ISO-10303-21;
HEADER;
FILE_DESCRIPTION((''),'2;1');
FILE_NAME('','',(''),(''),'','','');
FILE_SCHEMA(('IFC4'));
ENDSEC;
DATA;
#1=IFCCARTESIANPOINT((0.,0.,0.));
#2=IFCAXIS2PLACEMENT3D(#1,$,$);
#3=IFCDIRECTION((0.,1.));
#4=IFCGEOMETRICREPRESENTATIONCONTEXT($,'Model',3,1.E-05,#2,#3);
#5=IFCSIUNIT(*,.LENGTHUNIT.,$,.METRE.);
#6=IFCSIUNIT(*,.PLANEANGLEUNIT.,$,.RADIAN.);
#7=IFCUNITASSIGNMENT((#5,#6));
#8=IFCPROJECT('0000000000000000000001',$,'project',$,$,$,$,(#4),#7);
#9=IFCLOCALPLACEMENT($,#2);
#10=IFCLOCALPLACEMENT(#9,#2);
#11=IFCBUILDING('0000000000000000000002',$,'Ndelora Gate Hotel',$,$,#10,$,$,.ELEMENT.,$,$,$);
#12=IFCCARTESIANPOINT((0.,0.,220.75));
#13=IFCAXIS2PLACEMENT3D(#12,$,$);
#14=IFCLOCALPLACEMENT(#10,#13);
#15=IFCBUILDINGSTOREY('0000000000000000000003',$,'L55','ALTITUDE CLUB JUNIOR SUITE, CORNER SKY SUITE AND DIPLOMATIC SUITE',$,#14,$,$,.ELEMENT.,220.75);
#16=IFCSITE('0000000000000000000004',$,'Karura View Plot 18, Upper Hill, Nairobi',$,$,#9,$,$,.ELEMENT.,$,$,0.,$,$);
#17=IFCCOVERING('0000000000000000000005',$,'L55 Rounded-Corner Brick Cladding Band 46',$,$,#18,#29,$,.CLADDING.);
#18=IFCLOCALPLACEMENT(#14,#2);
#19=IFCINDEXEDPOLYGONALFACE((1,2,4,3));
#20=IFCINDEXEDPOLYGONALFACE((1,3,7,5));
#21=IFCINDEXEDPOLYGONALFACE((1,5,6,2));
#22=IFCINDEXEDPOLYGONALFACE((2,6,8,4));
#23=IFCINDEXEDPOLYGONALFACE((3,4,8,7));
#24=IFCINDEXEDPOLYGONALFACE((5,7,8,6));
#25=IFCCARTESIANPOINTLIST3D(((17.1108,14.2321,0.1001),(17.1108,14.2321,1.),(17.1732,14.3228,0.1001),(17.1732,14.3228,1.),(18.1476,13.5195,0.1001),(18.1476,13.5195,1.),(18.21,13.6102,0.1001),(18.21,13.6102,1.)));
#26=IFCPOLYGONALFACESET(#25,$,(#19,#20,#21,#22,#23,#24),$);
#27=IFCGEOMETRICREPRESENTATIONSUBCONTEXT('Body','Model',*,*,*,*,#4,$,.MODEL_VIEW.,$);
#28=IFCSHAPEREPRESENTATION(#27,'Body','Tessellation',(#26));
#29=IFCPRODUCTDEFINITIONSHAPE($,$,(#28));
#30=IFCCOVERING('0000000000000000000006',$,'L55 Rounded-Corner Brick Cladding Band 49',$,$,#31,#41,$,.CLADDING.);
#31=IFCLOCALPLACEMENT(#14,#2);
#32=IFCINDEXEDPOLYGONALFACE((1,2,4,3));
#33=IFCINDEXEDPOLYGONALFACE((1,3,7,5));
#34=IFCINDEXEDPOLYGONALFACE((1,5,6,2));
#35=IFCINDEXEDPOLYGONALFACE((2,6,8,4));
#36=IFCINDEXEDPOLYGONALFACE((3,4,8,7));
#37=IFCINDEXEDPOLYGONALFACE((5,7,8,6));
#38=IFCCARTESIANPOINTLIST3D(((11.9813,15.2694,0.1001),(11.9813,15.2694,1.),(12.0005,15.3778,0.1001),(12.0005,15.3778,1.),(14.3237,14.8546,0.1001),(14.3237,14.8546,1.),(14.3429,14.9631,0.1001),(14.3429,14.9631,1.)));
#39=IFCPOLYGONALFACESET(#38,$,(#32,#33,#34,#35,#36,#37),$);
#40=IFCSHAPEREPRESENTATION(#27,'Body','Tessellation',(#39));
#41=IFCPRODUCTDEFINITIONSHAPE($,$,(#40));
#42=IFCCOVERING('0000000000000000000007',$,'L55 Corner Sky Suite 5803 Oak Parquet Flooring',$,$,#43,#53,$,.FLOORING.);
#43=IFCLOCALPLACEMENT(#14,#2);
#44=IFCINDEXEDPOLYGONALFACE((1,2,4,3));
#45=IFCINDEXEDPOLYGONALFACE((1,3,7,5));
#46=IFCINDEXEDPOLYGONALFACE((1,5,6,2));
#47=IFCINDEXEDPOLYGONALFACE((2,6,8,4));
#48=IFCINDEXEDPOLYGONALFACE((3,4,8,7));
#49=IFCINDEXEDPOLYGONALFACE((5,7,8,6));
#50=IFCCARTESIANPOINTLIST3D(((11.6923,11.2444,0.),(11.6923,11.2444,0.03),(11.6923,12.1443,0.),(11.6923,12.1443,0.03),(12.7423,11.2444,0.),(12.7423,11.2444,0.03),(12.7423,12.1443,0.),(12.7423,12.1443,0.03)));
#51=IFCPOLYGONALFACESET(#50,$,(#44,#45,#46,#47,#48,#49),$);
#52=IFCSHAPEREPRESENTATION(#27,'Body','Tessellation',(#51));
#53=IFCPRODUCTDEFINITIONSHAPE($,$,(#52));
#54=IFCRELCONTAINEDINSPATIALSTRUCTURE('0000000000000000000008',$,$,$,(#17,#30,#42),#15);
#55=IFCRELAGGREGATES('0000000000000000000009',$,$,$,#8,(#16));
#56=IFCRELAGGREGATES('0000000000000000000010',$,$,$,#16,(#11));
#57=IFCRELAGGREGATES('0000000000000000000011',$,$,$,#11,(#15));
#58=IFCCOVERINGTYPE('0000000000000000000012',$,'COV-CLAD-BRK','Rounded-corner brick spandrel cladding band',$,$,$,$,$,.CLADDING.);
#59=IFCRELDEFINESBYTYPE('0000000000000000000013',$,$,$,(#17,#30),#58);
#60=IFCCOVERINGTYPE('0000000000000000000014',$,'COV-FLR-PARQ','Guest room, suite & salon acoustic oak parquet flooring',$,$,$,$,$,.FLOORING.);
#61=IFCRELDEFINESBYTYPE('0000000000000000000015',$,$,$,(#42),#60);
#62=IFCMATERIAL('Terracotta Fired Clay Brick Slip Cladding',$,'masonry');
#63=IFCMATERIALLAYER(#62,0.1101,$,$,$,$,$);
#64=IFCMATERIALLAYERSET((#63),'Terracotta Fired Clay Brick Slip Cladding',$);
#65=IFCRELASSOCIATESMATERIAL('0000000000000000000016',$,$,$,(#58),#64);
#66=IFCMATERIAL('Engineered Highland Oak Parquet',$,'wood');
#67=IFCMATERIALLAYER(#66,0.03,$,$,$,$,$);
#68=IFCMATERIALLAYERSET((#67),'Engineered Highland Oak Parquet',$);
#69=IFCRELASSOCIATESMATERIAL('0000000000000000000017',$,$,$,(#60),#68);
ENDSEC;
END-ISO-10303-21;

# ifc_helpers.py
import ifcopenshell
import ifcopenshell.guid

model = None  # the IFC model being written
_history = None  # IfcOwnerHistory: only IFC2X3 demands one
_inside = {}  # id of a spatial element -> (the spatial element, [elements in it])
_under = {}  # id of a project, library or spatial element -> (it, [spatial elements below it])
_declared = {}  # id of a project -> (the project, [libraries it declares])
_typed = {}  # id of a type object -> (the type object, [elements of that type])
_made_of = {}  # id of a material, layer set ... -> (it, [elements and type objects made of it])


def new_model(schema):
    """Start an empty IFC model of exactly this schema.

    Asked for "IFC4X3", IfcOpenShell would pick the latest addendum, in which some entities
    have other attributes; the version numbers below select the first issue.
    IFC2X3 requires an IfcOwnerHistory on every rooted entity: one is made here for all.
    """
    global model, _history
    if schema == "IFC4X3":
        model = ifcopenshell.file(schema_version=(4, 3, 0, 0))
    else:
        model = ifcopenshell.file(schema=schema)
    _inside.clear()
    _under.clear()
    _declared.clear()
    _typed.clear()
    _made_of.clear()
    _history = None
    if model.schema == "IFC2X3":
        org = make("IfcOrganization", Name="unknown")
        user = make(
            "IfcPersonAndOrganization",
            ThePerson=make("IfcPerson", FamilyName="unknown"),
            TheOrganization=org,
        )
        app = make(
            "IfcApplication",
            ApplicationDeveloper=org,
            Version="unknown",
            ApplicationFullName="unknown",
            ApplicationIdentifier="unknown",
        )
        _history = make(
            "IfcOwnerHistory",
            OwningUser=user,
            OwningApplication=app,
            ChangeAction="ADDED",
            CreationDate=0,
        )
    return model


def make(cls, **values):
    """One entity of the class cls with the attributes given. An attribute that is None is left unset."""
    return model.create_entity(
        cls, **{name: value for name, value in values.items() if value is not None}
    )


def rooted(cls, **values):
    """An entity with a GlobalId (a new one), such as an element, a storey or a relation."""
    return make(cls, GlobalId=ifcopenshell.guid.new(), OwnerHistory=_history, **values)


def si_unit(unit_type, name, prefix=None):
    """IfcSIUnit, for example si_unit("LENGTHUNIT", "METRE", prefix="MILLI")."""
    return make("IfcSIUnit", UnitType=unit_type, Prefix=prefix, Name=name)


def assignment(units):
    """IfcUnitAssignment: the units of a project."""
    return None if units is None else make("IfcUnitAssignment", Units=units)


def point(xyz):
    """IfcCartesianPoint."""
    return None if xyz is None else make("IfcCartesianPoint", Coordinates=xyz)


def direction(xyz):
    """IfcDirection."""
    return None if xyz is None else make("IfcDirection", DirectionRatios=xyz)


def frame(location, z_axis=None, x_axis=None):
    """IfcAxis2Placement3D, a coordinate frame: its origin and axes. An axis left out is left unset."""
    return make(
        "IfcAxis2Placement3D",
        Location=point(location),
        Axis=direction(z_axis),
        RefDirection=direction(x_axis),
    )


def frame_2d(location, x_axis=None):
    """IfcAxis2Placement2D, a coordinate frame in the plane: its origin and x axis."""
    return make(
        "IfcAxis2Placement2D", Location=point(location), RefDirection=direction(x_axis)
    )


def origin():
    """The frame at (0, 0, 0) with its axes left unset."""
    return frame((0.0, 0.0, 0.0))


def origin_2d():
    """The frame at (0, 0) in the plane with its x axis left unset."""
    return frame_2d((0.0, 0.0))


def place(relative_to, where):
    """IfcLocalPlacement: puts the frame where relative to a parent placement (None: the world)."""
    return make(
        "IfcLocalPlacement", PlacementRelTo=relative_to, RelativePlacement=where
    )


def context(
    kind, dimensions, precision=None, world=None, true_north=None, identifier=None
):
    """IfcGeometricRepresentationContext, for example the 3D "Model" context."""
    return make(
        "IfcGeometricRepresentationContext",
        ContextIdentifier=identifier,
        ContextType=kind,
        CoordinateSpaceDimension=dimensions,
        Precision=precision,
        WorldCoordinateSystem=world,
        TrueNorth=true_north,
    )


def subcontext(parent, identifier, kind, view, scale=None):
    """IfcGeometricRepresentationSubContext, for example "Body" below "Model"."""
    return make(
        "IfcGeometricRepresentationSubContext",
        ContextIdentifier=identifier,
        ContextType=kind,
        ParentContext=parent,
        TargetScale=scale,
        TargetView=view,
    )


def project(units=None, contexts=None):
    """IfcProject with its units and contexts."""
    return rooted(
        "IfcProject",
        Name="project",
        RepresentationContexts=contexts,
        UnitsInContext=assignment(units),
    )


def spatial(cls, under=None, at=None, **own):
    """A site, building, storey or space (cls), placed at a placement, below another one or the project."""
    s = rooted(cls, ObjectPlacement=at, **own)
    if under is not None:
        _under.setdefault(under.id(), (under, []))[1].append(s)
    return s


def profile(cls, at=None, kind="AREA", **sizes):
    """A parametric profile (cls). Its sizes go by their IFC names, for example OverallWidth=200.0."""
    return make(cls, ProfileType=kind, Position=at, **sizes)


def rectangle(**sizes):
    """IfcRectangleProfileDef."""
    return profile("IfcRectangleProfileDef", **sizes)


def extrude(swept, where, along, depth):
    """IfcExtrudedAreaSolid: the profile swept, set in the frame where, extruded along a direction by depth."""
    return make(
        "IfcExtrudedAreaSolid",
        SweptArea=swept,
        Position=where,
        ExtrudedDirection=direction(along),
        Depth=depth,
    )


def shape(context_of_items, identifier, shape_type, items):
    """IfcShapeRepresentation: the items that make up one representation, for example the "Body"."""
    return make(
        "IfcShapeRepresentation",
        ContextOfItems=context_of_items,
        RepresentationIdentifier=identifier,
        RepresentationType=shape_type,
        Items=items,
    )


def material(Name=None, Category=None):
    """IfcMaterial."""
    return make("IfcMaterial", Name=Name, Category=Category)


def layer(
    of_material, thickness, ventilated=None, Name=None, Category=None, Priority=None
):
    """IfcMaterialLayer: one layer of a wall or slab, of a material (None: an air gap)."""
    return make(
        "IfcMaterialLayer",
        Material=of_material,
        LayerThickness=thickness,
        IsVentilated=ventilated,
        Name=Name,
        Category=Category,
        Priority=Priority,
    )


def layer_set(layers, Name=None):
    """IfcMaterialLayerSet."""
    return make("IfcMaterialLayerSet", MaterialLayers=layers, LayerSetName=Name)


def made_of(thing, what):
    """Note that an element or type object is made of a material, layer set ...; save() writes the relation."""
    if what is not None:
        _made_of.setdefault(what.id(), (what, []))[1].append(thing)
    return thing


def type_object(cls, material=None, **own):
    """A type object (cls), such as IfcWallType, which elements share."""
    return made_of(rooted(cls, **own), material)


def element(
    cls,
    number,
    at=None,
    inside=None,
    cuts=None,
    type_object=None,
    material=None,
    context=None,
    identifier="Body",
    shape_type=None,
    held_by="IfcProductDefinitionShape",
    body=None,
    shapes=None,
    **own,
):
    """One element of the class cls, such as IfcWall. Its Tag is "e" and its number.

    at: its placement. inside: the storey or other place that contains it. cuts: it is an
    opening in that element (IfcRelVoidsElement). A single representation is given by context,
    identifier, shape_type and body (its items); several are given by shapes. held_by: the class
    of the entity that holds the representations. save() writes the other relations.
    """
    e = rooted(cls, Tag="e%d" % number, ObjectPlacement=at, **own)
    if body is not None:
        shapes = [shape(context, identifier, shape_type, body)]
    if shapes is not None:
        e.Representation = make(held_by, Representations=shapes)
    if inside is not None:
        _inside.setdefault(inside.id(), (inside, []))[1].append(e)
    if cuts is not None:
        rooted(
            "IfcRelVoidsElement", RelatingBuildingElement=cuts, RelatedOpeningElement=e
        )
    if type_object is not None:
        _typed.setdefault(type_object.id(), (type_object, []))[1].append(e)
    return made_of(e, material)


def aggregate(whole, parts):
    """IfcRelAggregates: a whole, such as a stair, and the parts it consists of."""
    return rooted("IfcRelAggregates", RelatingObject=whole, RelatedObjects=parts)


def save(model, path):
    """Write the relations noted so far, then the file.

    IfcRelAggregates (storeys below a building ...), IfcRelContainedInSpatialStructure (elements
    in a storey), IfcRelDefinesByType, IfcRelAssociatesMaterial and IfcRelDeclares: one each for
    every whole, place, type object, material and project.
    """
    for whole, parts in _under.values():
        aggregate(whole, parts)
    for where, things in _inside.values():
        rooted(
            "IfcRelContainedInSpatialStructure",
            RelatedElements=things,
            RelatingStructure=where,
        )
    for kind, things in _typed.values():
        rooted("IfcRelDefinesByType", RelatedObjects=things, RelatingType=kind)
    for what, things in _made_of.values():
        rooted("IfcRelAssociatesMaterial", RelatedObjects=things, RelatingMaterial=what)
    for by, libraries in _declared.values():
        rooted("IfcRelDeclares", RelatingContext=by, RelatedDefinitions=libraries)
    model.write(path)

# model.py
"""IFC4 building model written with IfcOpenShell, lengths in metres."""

from ifc_helpers import new_model, si_unit, direction, frame, origin, origin_2d, place, context, subcontext, project, spatial, rectangle, extrude, material, layer, layer_set, type_object, element, save


model = new_model("IFC4")

# Units and contexts
model_context = context("Model", 3, precision=1e-05, world=origin(), true_north=direction((0.0, 1.0)))
body_context = subcontext(model_context, "Body", "Model", "MODEL_VIEW")
ifc_project = project(units=[si_unit("LENGTHUNIT", "METRE"), si_unit("PLANEANGLEUNIT", "RADIAN")], contexts=[model_context])

# Site, building, storey
site_placement = place(None, origin())
site = spatial("IfcSite", under=ifc_project, at=site_placement, Name="Karura View Plot 18, Upper Hill, Nairobi", CompositionType="ELEMENT", RefElevation=0.0)
building_placement = place(site_placement, origin())
building = spatial("IfcBuilding", under=site, at=building_placement, Name="Ndelora Gate Hotel", CompositionType="ELEMENT")
storey_placement = place(building_placement, frame((0.0, 0.0, 220.75)))
storey = spatial("IfcBuildingStorey", under=building, at=storey_placement, Name="L55", Description="ALTITUDE CLUB JUNIOR SUITE, CORNER SKY SUITE AND DIPLOMATIC SUITE", CompositionType="ELEMENT", Elevation=220.75)

# Coverings
ifc_material_1 = material(Name="Terracotta Fired Clay Brick Slip Cladding", Category="masonry")
ifc_layer_1 = layer(ifc_material_1, 0.1101)
ifc_layer_set_1 = layer_set([ifc_layer_1], Name="Terracotta Fired Clay Brick Slip Cladding")
covering_type_1 = type_object("IfcCoveringType", Name="COV-CLAD-BRK", Description="Rounded-corner brick spandrel cladding band", PredefinedType="CLADDING", material=ifc_layer_set_1)
covering_1_placement = place(storey_placement, frame((17.6604, 13.9211, 0.1001), z_axis=(0.0, 0.0, 1.0), x_axis=(-0.824126, 0.566406, 0.0)))
element("IfcCovering", 1, at=covering_1_placement, inside=storey, type_object=covering_type_1, Name="L55 Rounded-Corner Brick Cladding Band 46", PredefinedType="CLADDING", context=body_context, shape_type="SweptSolid", body=[
    extrude(rectangle(XDim=1.2581, YDim=0.1101, at=origin_2d()), origin(), (0.0, 0.0, 1.0), 0.8999),
])
covering_2_placement = place(storey_placement, frame((13.1621, 15.1162, 0.1001), z_axis=(0.0, 0.0, 1.0), x_axis=(-0.984686, 0.174336, 0.0)))
element("IfcCovering", 2, at=covering_2_placement, inside=storey, type_object=covering_type_1, Name="L55 Rounded-Corner Brick Cladding Band 49", PredefinedType="CLADDING", context=body_context, shape_type="SweptSolid", body=[
    extrude(rectangle(XDim=2.3789, YDim=0.1101, at=origin_2d()), origin(), (0.0, 0.0, 1.0), 0.8999),
])
ifc_material_2 = material(Name="Engineered Highland Oak Parquet", Category="wood")
ifc_layer_2 = layer(ifc_material_2, 0.03)
ifc_layer_set_2 = layer_set([ifc_layer_2], Name="Engineered Highland Oak Parquet")
covering_type_2 = type_object("IfcCoveringType", Name="COV-FLR-PARQ", Description="Guest room, suite & salon acoustic oak parquet flooring", PredefinedType="FLOORING", material=ifc_layer_set_2)
covering_3_placement = place(storey_placement, frame((12.2173, 11.6943, 0.0), z_axis=(0.0, 0.0, 1.0), x_axis=(1.0, 0.0, 0.0)))
element("IfcCovering", 3, at=covering_3_placement, inside=storey, type_object=covering_type_2, Name="L55 Corner Sky Suite 5803 Oak Parquet Flooring", PredefinedType="FLOORING", context=body_context, shape_type="SweptSolid", body=[
    extrude(rectangle(XDim=1.05, YDim=0.8999, at=origin_2d()), origin(), (0.0, 0.0, 1.0), 0.03),
])

save(model, "model.ifc")
